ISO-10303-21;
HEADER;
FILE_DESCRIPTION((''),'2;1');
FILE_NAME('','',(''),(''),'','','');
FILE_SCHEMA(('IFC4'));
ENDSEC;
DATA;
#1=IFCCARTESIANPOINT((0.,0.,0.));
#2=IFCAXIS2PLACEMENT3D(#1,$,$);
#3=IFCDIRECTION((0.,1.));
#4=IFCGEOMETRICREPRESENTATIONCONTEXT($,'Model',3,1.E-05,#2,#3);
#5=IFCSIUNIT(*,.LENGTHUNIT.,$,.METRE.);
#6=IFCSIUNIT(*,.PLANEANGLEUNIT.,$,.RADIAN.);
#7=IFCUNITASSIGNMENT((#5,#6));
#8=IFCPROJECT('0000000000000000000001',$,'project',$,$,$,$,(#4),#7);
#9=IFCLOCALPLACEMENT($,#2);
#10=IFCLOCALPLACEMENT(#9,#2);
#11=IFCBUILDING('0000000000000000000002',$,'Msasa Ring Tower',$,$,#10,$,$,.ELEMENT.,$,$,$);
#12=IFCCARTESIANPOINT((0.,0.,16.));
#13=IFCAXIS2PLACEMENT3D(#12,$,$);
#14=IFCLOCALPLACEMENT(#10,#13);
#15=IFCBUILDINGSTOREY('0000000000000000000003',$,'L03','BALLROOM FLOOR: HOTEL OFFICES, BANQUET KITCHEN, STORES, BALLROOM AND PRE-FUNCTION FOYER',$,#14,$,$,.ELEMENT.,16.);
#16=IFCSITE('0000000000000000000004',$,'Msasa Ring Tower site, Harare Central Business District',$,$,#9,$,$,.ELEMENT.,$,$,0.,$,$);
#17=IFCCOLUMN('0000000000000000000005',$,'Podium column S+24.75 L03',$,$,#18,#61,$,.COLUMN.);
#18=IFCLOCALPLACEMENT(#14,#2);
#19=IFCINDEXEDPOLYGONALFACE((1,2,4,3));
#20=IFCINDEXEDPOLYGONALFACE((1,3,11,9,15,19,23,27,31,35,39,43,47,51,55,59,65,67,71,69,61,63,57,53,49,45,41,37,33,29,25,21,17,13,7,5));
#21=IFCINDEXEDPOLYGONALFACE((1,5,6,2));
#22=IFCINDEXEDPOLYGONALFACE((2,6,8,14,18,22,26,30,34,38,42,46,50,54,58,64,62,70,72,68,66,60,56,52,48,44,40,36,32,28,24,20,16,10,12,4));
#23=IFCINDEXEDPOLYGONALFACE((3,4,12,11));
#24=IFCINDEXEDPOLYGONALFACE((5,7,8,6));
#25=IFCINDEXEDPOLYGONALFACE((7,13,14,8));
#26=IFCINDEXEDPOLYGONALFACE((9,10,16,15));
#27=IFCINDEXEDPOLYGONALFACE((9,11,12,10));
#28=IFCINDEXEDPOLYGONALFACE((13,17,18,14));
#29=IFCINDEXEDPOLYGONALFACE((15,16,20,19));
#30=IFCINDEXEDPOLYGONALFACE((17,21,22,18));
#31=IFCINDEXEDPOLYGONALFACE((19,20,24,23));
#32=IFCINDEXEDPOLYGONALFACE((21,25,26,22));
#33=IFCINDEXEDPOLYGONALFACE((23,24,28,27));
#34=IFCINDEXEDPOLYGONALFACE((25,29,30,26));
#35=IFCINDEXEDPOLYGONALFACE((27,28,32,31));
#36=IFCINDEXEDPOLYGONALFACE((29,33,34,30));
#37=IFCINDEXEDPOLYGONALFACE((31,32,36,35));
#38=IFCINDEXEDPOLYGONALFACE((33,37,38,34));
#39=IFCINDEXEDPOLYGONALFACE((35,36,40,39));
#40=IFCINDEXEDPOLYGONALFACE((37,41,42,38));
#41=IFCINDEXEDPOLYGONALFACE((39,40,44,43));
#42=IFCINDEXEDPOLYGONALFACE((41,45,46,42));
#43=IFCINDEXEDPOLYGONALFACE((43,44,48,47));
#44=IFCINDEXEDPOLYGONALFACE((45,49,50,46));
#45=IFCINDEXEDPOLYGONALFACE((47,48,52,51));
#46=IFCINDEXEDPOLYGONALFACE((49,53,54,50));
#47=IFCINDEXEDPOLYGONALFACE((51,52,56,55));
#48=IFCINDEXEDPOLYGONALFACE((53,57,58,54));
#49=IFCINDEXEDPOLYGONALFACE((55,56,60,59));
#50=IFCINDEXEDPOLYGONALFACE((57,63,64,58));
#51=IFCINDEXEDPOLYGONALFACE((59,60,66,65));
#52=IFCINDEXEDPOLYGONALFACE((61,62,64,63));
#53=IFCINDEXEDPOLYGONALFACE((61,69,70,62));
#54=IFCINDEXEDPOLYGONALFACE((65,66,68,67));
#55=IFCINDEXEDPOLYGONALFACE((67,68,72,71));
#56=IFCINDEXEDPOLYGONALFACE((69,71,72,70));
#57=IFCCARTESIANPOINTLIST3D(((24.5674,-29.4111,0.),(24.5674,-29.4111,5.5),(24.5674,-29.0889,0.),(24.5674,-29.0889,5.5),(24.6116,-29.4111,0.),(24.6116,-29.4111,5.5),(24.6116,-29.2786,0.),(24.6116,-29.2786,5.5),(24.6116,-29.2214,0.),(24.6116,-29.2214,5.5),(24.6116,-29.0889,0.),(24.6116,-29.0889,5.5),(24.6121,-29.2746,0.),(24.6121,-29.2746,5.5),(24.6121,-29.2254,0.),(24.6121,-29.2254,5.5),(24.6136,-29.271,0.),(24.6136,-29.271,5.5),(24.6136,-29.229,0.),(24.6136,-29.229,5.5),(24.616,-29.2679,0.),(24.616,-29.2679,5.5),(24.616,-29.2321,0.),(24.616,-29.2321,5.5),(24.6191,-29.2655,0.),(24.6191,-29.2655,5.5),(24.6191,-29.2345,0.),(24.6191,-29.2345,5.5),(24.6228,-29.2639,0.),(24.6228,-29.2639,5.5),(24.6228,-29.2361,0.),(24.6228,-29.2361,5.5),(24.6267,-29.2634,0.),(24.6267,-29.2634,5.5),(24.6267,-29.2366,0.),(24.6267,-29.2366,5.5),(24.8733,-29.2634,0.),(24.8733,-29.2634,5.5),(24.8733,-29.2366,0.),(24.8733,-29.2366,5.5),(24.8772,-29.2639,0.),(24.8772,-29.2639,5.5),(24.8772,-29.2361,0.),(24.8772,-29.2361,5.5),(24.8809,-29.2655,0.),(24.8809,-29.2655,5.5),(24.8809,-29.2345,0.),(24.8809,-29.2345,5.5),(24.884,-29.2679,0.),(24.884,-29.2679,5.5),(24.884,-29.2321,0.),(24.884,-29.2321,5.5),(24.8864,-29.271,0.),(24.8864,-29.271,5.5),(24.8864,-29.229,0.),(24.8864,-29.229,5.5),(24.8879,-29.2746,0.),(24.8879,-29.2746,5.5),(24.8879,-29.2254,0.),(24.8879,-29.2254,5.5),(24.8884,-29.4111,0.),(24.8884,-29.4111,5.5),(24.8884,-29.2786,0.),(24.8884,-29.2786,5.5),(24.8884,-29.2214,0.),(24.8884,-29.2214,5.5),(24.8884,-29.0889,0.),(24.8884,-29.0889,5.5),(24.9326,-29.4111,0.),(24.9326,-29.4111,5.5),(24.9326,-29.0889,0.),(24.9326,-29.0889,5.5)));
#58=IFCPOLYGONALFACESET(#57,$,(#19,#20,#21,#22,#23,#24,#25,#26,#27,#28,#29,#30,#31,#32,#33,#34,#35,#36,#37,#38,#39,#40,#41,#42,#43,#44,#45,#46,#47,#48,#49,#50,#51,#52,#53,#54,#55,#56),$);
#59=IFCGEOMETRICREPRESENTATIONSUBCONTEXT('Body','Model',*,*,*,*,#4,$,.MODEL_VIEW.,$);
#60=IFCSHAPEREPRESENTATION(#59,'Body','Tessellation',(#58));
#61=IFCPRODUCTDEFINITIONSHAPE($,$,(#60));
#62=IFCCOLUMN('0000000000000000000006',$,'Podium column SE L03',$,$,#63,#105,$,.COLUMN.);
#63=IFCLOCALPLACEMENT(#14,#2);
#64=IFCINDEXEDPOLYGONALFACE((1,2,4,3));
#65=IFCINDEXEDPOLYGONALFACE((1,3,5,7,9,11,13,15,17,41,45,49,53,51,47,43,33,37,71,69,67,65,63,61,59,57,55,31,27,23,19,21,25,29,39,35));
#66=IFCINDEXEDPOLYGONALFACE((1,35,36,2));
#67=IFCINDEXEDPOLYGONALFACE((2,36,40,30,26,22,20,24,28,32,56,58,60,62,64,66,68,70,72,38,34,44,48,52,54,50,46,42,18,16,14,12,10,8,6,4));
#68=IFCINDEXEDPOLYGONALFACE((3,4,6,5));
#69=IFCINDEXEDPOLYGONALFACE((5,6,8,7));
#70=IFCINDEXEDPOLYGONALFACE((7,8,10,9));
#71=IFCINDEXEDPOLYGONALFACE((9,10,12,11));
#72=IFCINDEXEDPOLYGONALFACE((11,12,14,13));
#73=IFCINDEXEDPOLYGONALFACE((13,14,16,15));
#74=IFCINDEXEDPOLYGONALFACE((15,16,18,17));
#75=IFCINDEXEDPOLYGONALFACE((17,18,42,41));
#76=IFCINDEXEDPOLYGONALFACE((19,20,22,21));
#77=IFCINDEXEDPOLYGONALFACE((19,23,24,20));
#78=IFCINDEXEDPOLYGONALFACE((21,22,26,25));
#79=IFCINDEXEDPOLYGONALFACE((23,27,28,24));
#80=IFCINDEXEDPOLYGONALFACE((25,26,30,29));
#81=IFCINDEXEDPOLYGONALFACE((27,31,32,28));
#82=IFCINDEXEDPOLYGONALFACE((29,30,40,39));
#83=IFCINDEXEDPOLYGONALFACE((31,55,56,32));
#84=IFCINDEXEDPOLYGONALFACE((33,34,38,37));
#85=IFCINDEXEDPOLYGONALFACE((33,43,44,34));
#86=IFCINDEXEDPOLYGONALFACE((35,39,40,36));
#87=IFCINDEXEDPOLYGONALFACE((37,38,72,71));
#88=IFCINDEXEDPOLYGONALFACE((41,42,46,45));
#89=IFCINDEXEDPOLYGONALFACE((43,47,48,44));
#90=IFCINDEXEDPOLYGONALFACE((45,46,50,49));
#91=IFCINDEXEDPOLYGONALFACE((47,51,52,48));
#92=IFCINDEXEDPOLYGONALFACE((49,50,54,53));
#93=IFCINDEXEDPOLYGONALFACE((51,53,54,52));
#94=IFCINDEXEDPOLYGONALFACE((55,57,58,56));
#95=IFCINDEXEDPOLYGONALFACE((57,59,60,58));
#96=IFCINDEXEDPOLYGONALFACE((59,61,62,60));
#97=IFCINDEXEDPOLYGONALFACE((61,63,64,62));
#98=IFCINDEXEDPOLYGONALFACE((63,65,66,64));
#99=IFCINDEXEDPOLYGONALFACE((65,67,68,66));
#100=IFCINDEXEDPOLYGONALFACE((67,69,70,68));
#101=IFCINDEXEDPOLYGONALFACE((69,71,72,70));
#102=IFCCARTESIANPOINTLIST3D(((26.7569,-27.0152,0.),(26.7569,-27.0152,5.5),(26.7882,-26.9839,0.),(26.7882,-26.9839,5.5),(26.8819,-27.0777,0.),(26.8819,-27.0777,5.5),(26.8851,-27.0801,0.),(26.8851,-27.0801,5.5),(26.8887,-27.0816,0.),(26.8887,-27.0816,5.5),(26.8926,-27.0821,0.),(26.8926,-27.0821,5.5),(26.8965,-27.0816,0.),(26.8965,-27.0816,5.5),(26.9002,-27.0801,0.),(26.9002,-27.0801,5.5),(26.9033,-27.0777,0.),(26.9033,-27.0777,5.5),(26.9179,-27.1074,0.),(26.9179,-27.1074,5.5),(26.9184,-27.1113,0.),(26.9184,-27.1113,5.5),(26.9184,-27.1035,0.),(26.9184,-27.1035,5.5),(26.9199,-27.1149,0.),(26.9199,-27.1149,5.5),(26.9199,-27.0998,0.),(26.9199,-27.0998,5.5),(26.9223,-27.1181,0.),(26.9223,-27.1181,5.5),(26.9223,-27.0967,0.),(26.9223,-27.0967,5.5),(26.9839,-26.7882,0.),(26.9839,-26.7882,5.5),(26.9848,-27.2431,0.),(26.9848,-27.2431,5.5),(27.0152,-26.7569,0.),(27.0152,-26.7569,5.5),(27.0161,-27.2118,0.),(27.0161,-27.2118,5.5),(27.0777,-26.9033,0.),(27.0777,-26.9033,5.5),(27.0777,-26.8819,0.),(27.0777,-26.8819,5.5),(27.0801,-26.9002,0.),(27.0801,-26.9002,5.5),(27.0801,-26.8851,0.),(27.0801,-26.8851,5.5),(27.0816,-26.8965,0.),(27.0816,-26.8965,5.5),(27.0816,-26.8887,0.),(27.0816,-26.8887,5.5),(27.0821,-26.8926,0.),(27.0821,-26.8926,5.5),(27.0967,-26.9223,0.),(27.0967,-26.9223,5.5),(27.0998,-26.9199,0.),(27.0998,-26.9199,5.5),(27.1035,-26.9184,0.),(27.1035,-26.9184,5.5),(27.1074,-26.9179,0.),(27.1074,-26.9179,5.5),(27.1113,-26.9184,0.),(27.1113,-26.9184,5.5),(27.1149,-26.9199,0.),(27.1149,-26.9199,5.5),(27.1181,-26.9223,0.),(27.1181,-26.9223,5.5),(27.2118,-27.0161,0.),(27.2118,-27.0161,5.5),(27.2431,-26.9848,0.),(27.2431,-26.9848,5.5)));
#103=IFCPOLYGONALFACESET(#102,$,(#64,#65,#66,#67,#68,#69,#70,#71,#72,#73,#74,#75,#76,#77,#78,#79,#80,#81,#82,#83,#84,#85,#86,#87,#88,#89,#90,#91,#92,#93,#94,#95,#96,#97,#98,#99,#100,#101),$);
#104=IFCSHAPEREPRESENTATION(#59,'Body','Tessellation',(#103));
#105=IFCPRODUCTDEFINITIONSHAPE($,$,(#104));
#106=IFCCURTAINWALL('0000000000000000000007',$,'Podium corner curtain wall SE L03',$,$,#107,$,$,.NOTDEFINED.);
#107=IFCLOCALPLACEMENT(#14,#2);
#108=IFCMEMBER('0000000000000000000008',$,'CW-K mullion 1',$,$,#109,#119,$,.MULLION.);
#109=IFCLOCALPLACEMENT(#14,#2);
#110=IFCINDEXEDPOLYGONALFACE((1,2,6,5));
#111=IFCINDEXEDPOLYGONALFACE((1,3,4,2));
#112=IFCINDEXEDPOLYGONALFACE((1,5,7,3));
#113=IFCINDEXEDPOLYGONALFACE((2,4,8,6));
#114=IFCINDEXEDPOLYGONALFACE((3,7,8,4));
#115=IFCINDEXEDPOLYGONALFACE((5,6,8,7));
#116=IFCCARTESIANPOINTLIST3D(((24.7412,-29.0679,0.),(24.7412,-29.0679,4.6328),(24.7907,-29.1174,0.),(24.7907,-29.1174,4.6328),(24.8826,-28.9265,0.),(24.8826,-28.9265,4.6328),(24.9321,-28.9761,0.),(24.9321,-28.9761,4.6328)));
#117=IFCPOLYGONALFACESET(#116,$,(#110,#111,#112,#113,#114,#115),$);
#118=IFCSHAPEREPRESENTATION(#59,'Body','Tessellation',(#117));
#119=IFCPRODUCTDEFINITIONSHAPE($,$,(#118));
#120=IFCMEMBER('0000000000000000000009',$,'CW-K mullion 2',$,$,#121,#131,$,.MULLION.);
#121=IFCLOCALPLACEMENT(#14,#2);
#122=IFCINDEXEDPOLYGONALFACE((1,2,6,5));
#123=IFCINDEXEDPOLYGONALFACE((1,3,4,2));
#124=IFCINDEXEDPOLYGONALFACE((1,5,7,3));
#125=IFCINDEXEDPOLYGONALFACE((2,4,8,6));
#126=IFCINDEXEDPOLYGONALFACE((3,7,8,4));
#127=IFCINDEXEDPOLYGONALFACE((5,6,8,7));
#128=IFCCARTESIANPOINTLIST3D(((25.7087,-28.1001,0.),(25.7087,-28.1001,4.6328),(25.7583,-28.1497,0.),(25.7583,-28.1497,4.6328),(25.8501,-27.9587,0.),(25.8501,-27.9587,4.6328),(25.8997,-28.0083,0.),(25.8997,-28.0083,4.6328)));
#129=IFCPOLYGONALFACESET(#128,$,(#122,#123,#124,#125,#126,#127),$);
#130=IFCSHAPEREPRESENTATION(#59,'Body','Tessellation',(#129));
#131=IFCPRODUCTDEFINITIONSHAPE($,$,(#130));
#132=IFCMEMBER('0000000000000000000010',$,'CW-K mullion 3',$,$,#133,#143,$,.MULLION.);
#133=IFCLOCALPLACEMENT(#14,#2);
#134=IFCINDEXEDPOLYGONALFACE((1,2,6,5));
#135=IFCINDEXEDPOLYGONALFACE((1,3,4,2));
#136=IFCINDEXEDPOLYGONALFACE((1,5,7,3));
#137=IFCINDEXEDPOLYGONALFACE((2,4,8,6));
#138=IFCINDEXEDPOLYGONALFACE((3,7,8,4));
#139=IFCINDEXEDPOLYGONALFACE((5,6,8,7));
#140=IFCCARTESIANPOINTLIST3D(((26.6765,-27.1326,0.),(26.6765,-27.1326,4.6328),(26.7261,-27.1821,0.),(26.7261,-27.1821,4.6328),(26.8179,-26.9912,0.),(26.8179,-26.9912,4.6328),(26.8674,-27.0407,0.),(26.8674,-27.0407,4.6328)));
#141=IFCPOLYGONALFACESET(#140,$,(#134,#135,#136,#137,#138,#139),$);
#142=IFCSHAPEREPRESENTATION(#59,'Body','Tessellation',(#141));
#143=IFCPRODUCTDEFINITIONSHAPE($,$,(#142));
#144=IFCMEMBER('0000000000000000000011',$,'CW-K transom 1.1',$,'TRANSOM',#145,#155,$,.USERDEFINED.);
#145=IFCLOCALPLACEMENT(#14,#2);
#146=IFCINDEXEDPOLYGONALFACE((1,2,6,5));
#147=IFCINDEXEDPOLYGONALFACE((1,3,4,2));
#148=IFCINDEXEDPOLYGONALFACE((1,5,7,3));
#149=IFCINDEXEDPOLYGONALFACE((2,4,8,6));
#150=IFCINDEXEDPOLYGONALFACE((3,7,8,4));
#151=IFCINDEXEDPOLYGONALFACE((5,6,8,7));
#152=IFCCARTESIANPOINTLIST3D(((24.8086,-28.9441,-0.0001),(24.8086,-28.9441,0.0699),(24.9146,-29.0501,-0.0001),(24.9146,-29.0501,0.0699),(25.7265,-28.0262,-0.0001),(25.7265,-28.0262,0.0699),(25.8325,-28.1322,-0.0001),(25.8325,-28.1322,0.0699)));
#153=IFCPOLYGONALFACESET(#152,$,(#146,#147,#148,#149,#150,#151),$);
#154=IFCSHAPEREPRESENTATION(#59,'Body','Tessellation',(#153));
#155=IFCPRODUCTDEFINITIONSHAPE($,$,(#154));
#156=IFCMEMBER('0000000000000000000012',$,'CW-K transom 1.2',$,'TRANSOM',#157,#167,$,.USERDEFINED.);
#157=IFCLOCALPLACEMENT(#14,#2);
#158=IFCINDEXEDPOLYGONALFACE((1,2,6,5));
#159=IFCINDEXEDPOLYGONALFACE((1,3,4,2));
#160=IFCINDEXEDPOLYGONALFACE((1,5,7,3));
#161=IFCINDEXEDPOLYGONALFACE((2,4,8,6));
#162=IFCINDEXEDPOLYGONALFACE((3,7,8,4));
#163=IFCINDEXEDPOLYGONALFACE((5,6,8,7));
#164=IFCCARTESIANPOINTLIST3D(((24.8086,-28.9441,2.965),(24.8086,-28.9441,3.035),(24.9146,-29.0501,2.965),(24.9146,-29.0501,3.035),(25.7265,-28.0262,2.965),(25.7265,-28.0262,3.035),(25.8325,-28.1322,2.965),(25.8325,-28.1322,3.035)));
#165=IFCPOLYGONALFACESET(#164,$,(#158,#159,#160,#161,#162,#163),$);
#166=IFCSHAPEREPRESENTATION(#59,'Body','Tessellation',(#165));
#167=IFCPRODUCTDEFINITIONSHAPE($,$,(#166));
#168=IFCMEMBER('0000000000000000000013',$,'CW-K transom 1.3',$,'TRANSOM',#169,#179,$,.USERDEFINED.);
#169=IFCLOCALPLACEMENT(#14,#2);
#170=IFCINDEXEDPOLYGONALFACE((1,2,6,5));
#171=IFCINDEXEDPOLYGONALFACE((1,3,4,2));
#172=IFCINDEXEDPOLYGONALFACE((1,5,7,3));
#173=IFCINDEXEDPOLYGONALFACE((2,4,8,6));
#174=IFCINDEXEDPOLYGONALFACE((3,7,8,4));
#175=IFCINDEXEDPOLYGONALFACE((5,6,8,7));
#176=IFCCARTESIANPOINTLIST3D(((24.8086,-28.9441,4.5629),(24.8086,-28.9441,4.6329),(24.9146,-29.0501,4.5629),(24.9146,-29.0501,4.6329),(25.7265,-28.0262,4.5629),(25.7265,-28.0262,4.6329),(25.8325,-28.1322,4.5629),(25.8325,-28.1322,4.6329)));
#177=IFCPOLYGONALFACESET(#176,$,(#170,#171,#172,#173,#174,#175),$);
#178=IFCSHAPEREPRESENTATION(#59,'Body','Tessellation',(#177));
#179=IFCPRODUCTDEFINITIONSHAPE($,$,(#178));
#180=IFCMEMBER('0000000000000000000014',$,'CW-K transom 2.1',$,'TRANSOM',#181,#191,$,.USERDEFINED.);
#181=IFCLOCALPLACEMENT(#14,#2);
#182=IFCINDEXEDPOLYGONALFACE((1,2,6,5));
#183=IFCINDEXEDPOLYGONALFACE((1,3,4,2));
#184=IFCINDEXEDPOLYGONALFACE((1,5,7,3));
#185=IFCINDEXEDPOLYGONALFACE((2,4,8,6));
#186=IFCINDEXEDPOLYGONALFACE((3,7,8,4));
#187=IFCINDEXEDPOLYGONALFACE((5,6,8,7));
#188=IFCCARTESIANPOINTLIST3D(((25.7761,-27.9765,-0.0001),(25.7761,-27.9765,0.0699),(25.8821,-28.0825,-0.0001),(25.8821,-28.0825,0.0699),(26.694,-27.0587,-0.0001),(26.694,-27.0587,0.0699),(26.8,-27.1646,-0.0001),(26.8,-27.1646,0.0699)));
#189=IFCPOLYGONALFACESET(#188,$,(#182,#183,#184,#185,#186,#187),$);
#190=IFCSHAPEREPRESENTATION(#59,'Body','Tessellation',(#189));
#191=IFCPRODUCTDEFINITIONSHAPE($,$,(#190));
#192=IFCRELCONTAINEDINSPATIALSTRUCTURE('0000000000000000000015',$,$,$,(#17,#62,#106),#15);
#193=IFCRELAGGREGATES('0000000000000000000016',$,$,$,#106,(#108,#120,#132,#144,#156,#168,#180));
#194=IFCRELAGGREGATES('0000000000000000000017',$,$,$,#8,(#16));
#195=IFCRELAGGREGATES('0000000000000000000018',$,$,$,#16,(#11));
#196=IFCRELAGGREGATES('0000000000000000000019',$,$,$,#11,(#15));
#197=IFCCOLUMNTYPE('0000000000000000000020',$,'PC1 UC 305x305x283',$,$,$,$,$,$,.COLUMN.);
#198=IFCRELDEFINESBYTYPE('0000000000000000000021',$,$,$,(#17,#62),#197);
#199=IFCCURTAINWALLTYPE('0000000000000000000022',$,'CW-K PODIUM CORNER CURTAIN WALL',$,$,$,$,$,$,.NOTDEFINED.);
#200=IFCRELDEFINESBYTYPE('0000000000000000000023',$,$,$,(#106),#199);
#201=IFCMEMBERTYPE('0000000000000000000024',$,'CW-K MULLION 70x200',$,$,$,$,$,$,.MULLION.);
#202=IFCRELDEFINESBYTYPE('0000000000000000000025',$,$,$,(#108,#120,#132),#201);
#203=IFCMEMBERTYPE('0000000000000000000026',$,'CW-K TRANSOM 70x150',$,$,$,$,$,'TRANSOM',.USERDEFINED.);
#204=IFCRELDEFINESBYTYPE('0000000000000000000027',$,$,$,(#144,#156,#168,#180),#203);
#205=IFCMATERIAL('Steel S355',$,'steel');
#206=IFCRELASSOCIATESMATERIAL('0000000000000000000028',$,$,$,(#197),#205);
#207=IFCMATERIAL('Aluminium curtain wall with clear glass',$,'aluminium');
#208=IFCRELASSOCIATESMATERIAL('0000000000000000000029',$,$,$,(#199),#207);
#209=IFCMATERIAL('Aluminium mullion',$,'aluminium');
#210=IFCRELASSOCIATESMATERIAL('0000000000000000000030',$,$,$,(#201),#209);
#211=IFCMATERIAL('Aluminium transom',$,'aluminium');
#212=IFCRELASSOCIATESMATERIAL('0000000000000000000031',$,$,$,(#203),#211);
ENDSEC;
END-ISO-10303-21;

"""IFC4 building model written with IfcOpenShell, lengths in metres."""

from ifc_helpers import new_model, si_unit, direction, frame, origin, origin_2d, place, context, subcontext, project, spatial, rectangle, i_section, extrude, material, material_profile, profile_set, type_object, element, aggregate, save


model = new_model("IFC4")

# Units and contexts
model_context = context("Model", 3, precision=1e-05, world=origin(), true_north=direction((0.0, 1.0)))
body_context = subcontext(model_context, "Body", "Model", "MODEL_VIEW")
ifc_project = project(units=[si_unit("LENGTHUNIT", "METRE"), si_unit("PLANEANGLEUNIT", "RADIAN")], contexts=[model_context])

# Site, building, storey
site_placement = place(None, origin())
site = spatial("IfcSite", under=ifc_project, at=site_placement, Name="Msasa Ring Tower site, Harare Central Business District", CompositionType="ELEMENT", RefElevation=0.0)
building_placement = place(site_placement, origin())
building = spatial("IfcBuilding", under=site, at=building_placement, Name="Msasa Ring Tower", CompositionType="ELEMENT")
storey_placement = place(building_placement, frame((0.0, 0.0, 16.0)))
storey = spatial("IfcBuildingStorey", under=building, at=storey_placement, Name="L03", Description="BALLROOM FLOOR: HOTEL OFFICES, BANQUET KITCHEN, STORES, BALLROOM AND PRE-FUNCTION FOYER", CompositionType="ELEMENT", Elevation=16.0)

# Columns
ifc_material_1 = material(Name="Steel S355", Category="steel")
ifc_material_profile_1 = material_profile(ifc_material_1, i_section(OverallWidth=0.3223, OverallDepth=0.3652, WebThickness=0.0269, FlangeThickness=0.0442, FilletRadius=0.0151, at=origin_2d()), Name="UC 305x305x283")
ifc_profile_set_1 = profile_set([ifc_material_profile_1], Name="Steel S355")
column_type = type_object("IfcColumnType", Name="PC1 UC 305x305x283", PredefinedType="COLUMN", material=ifc_profile_set_1)
for number, where, z_axis, x_axis, name in (
    (1, (24.75, -29.25, 0.0), (0.0, 0.0, 1.0), (0.0, 1.0, 0.0), "Podium column S+24.75 L03"),
    (2, (27.0, -27.0, 0.0), (0.0, 0.0, 1.0), (0.707107, -0.707107, 0.0), "Podium column SE L03"),
):
    element("IfcColumn", number, at=place(storey_placement, frame(where, z_axis=z_axis, x_axis=x_axis)), inside=storey, type_object=column_type, Name=name, PredefinedType="COLUMN", context=body_context, shape_type="SweptSolid", body=[
        extrude(i_section(OverallWidth=0.3223, OverallDepth=0.3652, WebThickness=0.0269, FlangeThickness=0.0442, FilletRadius=0.0151, at=origin_2d()), origin(), (0.0, 0.0, 1.0), 5.5),
    ])

# Curtain wall, members
ifc_material_2 = material(Name="Aluminium curtain wall with clear glass", Category="aluminium")
curtain_wall_type = type_object("IfcCurtainWallType", Name="CW-K PODIUM CORNER CURTAIN WALL", PredefinedType="NOTDEFINED", material=ifc_material_2)
curtain_wall_placement = place(storey_placement, origin())
curtain_wall = element("IfcCurtainWall", 3, at=curtain_wall_placement, inside=storey, type_object=curtain_wall_type, Name="Podium corner curtain wall SE L03", PredefinedType="NOTDEFINED")
ifc_material_3 = material(Name="Aluminium mullion", Category="aluminium")
ifc_material_profile_2 = material_profile(ifc_material_3, rectangle(XDim=0.0701, YDim=0.2, at=origin_2d()), Name="AL 70x200")
ifc_profile_set_2 = profile_set([ifc_material_profile_2], Name="Aluminium mullion")
member_type_1 = type_object("IfcMemberType", Name="CW-K MULLION 70x200", PredefinedType="MULLION", material=ifc_profile_set_2)
member_1_placement = place(storey_placement, frame((24.8367, -29.022, 0.0), z_axis=(0.0, 0.0, 1.0), x_axis=(-0.707107, 0.707107, 0.0)))
member_1 = element("IfcMember", 4, at=member_1_placement, type_object=member_type_1, Name="CW-K mullion 1", PredefinedType="MULLION", context=body_context, shape_type="SweptSolid", body=[
    extrude(rectangle(XDim=0.0701, YDim=0.2, at=origin_2d()), origin(), (0.0, 0.0, 1.0), 4.6328),
])
member_2_placement = place(storey_placement, frame((25.8042, -28.0542, 0.0), z_axis=(0.0, 0.0, 1.0), x_axis=(-0.707107, 0.707107, 0.0)))
member_2 = element("IfcMember", 5, at=member_2_placement, type_object=member_type_1, Name="CW-K mullion 2", PredefinedType="MULLION", context=body_context, shape_type="SweptSolid", body=[
    extrude(rectangle(XDim=0.0701, YDim=0.2, at=origin_2d()), origin(), (0.0, 0.0, 1.0), 4.6328),
])
member_3_placement = place(storey_placement, frame((26.772, -27.0867, 0.0), z_axis=(0.0, 0.0, 1.0), x_axis=(-0.707107, 0.707107, 0.0)))
member_3 = element("IfcMember", 6, at=member_3_placement, type_object=member_type_1, Name="CW-K mullion 3", PredefinedType="MULLION", context=body_context, shape_type="SweptSolid", body=[
    extrude(rectangle(XDim=0.0701, YDim=0.2, at=origin_2d()), origin(), (0.0, 0.0, 1.0), 4.6328),
])
ifc_material_4 = material(Name="Aluminium transom", Category="aluminium")
ifc_material_profile_3 = material_profile(ifc_material_4, rectangle(XDim=0.1499, YDim=0.0701, at=origin_2d()), Name="AL 70x150")
ifc_profile_set_3 = profile_set([ifc_material_profile_3], Name="Aluminium transom")
member_type_2 = type_object("IfcMemberType", Name="CW-K TRANSOM 70x150", ElementType="TRANSOM", PredefinedType="USERDEFINED", material=ifc_profile_set_3)
member_4_placement = place(storey_placement, frame((24.8616, -28.9971, 0.0349), z_axis=(0.707107, 0.707107, 0.0), x_axis=(-0.707107, 0.707107, 0.0)))
member_4 = element("IfcMember", 7, at=member_4_placement, type_object=member_type_2, Name="CW-K transom 1.1", ObjectType="TRANSOM", PredefinedType="USERDEFINED", context=body_context, shape_type="SweptSolid", body=[
    extrude(rectangle(XDim=0.1499, YDim=0.0701, at=origin_2d()), origin(), (0.0, 0.0, 1.0), 1.2981),
])
member_5_placement = place(storey_placement, frame((24.8616, -28.9971, 3.0), z_axis=(0.707107, 0.707107, 0.0), x_axis=(-0.707107, 0.707107, 0.0)))
member_5 = element("IfcMember", 8, at=member_5_placement, type_object=member_type_2, Name="CW-K transom 1.2", ObjectType="TRANSOM", PredefinedType="USERDEFINED", context=body_context, shape_type="SweptSolid", body=[
    extrude(rectangle(XDim=0.1499, YDim=0.0701, at=origin_2d()), origin(), (0.0, 0.0, 1.0), 1.2981),
])
member_6_placement = place(storey_placement, frame((24.8616, -28.9971, 4.5979), z_axis=(0.707107, 0.707107, 0.0), x_axis=(-0.707107, 0.707107, 0.0)))
member_6 = element("IfcMember", 9, at=member_6_placement, type_object=member_type_2, Name="CW-K transom 1.3", ObjectType="TRANSOM", PredefinedType="USERDEFINED", context=body_context, shape_type="SweptSolid", body=[
    extrude(rectangle(XDim=0.1499, YDim=0.0701, at=origin_2d()), origin(), (0.0, 0.0, 1.0), 1.2981),
])
member_7_placement = place(storey_placement, frame((25.8291, -28.0295, 0.0349), z_axis=(0.707107, 0.707107, 0.0), x_axis=(-0.707107, 0.707107, 0.0)))
member_7 = element("IfcMember", 10, at=member_7_placement, type_object=member_type_2, Name="CW-K transom 2.1", ObjectType="TRANSOM", PredefinedType="USERDEFINED", context=body_context, shape_type="SweptSolid", body=[
    extrude(rectangle(XDim=0.1499, YDim=0.0701, at=origin_2d()), origin(), (0.0, 0.0, 1.0), 1.2981),
])

aggregate(curtain_wall, [member_1, member_2, member_3, member_4, member_5, member_6, member_7])

save(model, "model.ifc")
